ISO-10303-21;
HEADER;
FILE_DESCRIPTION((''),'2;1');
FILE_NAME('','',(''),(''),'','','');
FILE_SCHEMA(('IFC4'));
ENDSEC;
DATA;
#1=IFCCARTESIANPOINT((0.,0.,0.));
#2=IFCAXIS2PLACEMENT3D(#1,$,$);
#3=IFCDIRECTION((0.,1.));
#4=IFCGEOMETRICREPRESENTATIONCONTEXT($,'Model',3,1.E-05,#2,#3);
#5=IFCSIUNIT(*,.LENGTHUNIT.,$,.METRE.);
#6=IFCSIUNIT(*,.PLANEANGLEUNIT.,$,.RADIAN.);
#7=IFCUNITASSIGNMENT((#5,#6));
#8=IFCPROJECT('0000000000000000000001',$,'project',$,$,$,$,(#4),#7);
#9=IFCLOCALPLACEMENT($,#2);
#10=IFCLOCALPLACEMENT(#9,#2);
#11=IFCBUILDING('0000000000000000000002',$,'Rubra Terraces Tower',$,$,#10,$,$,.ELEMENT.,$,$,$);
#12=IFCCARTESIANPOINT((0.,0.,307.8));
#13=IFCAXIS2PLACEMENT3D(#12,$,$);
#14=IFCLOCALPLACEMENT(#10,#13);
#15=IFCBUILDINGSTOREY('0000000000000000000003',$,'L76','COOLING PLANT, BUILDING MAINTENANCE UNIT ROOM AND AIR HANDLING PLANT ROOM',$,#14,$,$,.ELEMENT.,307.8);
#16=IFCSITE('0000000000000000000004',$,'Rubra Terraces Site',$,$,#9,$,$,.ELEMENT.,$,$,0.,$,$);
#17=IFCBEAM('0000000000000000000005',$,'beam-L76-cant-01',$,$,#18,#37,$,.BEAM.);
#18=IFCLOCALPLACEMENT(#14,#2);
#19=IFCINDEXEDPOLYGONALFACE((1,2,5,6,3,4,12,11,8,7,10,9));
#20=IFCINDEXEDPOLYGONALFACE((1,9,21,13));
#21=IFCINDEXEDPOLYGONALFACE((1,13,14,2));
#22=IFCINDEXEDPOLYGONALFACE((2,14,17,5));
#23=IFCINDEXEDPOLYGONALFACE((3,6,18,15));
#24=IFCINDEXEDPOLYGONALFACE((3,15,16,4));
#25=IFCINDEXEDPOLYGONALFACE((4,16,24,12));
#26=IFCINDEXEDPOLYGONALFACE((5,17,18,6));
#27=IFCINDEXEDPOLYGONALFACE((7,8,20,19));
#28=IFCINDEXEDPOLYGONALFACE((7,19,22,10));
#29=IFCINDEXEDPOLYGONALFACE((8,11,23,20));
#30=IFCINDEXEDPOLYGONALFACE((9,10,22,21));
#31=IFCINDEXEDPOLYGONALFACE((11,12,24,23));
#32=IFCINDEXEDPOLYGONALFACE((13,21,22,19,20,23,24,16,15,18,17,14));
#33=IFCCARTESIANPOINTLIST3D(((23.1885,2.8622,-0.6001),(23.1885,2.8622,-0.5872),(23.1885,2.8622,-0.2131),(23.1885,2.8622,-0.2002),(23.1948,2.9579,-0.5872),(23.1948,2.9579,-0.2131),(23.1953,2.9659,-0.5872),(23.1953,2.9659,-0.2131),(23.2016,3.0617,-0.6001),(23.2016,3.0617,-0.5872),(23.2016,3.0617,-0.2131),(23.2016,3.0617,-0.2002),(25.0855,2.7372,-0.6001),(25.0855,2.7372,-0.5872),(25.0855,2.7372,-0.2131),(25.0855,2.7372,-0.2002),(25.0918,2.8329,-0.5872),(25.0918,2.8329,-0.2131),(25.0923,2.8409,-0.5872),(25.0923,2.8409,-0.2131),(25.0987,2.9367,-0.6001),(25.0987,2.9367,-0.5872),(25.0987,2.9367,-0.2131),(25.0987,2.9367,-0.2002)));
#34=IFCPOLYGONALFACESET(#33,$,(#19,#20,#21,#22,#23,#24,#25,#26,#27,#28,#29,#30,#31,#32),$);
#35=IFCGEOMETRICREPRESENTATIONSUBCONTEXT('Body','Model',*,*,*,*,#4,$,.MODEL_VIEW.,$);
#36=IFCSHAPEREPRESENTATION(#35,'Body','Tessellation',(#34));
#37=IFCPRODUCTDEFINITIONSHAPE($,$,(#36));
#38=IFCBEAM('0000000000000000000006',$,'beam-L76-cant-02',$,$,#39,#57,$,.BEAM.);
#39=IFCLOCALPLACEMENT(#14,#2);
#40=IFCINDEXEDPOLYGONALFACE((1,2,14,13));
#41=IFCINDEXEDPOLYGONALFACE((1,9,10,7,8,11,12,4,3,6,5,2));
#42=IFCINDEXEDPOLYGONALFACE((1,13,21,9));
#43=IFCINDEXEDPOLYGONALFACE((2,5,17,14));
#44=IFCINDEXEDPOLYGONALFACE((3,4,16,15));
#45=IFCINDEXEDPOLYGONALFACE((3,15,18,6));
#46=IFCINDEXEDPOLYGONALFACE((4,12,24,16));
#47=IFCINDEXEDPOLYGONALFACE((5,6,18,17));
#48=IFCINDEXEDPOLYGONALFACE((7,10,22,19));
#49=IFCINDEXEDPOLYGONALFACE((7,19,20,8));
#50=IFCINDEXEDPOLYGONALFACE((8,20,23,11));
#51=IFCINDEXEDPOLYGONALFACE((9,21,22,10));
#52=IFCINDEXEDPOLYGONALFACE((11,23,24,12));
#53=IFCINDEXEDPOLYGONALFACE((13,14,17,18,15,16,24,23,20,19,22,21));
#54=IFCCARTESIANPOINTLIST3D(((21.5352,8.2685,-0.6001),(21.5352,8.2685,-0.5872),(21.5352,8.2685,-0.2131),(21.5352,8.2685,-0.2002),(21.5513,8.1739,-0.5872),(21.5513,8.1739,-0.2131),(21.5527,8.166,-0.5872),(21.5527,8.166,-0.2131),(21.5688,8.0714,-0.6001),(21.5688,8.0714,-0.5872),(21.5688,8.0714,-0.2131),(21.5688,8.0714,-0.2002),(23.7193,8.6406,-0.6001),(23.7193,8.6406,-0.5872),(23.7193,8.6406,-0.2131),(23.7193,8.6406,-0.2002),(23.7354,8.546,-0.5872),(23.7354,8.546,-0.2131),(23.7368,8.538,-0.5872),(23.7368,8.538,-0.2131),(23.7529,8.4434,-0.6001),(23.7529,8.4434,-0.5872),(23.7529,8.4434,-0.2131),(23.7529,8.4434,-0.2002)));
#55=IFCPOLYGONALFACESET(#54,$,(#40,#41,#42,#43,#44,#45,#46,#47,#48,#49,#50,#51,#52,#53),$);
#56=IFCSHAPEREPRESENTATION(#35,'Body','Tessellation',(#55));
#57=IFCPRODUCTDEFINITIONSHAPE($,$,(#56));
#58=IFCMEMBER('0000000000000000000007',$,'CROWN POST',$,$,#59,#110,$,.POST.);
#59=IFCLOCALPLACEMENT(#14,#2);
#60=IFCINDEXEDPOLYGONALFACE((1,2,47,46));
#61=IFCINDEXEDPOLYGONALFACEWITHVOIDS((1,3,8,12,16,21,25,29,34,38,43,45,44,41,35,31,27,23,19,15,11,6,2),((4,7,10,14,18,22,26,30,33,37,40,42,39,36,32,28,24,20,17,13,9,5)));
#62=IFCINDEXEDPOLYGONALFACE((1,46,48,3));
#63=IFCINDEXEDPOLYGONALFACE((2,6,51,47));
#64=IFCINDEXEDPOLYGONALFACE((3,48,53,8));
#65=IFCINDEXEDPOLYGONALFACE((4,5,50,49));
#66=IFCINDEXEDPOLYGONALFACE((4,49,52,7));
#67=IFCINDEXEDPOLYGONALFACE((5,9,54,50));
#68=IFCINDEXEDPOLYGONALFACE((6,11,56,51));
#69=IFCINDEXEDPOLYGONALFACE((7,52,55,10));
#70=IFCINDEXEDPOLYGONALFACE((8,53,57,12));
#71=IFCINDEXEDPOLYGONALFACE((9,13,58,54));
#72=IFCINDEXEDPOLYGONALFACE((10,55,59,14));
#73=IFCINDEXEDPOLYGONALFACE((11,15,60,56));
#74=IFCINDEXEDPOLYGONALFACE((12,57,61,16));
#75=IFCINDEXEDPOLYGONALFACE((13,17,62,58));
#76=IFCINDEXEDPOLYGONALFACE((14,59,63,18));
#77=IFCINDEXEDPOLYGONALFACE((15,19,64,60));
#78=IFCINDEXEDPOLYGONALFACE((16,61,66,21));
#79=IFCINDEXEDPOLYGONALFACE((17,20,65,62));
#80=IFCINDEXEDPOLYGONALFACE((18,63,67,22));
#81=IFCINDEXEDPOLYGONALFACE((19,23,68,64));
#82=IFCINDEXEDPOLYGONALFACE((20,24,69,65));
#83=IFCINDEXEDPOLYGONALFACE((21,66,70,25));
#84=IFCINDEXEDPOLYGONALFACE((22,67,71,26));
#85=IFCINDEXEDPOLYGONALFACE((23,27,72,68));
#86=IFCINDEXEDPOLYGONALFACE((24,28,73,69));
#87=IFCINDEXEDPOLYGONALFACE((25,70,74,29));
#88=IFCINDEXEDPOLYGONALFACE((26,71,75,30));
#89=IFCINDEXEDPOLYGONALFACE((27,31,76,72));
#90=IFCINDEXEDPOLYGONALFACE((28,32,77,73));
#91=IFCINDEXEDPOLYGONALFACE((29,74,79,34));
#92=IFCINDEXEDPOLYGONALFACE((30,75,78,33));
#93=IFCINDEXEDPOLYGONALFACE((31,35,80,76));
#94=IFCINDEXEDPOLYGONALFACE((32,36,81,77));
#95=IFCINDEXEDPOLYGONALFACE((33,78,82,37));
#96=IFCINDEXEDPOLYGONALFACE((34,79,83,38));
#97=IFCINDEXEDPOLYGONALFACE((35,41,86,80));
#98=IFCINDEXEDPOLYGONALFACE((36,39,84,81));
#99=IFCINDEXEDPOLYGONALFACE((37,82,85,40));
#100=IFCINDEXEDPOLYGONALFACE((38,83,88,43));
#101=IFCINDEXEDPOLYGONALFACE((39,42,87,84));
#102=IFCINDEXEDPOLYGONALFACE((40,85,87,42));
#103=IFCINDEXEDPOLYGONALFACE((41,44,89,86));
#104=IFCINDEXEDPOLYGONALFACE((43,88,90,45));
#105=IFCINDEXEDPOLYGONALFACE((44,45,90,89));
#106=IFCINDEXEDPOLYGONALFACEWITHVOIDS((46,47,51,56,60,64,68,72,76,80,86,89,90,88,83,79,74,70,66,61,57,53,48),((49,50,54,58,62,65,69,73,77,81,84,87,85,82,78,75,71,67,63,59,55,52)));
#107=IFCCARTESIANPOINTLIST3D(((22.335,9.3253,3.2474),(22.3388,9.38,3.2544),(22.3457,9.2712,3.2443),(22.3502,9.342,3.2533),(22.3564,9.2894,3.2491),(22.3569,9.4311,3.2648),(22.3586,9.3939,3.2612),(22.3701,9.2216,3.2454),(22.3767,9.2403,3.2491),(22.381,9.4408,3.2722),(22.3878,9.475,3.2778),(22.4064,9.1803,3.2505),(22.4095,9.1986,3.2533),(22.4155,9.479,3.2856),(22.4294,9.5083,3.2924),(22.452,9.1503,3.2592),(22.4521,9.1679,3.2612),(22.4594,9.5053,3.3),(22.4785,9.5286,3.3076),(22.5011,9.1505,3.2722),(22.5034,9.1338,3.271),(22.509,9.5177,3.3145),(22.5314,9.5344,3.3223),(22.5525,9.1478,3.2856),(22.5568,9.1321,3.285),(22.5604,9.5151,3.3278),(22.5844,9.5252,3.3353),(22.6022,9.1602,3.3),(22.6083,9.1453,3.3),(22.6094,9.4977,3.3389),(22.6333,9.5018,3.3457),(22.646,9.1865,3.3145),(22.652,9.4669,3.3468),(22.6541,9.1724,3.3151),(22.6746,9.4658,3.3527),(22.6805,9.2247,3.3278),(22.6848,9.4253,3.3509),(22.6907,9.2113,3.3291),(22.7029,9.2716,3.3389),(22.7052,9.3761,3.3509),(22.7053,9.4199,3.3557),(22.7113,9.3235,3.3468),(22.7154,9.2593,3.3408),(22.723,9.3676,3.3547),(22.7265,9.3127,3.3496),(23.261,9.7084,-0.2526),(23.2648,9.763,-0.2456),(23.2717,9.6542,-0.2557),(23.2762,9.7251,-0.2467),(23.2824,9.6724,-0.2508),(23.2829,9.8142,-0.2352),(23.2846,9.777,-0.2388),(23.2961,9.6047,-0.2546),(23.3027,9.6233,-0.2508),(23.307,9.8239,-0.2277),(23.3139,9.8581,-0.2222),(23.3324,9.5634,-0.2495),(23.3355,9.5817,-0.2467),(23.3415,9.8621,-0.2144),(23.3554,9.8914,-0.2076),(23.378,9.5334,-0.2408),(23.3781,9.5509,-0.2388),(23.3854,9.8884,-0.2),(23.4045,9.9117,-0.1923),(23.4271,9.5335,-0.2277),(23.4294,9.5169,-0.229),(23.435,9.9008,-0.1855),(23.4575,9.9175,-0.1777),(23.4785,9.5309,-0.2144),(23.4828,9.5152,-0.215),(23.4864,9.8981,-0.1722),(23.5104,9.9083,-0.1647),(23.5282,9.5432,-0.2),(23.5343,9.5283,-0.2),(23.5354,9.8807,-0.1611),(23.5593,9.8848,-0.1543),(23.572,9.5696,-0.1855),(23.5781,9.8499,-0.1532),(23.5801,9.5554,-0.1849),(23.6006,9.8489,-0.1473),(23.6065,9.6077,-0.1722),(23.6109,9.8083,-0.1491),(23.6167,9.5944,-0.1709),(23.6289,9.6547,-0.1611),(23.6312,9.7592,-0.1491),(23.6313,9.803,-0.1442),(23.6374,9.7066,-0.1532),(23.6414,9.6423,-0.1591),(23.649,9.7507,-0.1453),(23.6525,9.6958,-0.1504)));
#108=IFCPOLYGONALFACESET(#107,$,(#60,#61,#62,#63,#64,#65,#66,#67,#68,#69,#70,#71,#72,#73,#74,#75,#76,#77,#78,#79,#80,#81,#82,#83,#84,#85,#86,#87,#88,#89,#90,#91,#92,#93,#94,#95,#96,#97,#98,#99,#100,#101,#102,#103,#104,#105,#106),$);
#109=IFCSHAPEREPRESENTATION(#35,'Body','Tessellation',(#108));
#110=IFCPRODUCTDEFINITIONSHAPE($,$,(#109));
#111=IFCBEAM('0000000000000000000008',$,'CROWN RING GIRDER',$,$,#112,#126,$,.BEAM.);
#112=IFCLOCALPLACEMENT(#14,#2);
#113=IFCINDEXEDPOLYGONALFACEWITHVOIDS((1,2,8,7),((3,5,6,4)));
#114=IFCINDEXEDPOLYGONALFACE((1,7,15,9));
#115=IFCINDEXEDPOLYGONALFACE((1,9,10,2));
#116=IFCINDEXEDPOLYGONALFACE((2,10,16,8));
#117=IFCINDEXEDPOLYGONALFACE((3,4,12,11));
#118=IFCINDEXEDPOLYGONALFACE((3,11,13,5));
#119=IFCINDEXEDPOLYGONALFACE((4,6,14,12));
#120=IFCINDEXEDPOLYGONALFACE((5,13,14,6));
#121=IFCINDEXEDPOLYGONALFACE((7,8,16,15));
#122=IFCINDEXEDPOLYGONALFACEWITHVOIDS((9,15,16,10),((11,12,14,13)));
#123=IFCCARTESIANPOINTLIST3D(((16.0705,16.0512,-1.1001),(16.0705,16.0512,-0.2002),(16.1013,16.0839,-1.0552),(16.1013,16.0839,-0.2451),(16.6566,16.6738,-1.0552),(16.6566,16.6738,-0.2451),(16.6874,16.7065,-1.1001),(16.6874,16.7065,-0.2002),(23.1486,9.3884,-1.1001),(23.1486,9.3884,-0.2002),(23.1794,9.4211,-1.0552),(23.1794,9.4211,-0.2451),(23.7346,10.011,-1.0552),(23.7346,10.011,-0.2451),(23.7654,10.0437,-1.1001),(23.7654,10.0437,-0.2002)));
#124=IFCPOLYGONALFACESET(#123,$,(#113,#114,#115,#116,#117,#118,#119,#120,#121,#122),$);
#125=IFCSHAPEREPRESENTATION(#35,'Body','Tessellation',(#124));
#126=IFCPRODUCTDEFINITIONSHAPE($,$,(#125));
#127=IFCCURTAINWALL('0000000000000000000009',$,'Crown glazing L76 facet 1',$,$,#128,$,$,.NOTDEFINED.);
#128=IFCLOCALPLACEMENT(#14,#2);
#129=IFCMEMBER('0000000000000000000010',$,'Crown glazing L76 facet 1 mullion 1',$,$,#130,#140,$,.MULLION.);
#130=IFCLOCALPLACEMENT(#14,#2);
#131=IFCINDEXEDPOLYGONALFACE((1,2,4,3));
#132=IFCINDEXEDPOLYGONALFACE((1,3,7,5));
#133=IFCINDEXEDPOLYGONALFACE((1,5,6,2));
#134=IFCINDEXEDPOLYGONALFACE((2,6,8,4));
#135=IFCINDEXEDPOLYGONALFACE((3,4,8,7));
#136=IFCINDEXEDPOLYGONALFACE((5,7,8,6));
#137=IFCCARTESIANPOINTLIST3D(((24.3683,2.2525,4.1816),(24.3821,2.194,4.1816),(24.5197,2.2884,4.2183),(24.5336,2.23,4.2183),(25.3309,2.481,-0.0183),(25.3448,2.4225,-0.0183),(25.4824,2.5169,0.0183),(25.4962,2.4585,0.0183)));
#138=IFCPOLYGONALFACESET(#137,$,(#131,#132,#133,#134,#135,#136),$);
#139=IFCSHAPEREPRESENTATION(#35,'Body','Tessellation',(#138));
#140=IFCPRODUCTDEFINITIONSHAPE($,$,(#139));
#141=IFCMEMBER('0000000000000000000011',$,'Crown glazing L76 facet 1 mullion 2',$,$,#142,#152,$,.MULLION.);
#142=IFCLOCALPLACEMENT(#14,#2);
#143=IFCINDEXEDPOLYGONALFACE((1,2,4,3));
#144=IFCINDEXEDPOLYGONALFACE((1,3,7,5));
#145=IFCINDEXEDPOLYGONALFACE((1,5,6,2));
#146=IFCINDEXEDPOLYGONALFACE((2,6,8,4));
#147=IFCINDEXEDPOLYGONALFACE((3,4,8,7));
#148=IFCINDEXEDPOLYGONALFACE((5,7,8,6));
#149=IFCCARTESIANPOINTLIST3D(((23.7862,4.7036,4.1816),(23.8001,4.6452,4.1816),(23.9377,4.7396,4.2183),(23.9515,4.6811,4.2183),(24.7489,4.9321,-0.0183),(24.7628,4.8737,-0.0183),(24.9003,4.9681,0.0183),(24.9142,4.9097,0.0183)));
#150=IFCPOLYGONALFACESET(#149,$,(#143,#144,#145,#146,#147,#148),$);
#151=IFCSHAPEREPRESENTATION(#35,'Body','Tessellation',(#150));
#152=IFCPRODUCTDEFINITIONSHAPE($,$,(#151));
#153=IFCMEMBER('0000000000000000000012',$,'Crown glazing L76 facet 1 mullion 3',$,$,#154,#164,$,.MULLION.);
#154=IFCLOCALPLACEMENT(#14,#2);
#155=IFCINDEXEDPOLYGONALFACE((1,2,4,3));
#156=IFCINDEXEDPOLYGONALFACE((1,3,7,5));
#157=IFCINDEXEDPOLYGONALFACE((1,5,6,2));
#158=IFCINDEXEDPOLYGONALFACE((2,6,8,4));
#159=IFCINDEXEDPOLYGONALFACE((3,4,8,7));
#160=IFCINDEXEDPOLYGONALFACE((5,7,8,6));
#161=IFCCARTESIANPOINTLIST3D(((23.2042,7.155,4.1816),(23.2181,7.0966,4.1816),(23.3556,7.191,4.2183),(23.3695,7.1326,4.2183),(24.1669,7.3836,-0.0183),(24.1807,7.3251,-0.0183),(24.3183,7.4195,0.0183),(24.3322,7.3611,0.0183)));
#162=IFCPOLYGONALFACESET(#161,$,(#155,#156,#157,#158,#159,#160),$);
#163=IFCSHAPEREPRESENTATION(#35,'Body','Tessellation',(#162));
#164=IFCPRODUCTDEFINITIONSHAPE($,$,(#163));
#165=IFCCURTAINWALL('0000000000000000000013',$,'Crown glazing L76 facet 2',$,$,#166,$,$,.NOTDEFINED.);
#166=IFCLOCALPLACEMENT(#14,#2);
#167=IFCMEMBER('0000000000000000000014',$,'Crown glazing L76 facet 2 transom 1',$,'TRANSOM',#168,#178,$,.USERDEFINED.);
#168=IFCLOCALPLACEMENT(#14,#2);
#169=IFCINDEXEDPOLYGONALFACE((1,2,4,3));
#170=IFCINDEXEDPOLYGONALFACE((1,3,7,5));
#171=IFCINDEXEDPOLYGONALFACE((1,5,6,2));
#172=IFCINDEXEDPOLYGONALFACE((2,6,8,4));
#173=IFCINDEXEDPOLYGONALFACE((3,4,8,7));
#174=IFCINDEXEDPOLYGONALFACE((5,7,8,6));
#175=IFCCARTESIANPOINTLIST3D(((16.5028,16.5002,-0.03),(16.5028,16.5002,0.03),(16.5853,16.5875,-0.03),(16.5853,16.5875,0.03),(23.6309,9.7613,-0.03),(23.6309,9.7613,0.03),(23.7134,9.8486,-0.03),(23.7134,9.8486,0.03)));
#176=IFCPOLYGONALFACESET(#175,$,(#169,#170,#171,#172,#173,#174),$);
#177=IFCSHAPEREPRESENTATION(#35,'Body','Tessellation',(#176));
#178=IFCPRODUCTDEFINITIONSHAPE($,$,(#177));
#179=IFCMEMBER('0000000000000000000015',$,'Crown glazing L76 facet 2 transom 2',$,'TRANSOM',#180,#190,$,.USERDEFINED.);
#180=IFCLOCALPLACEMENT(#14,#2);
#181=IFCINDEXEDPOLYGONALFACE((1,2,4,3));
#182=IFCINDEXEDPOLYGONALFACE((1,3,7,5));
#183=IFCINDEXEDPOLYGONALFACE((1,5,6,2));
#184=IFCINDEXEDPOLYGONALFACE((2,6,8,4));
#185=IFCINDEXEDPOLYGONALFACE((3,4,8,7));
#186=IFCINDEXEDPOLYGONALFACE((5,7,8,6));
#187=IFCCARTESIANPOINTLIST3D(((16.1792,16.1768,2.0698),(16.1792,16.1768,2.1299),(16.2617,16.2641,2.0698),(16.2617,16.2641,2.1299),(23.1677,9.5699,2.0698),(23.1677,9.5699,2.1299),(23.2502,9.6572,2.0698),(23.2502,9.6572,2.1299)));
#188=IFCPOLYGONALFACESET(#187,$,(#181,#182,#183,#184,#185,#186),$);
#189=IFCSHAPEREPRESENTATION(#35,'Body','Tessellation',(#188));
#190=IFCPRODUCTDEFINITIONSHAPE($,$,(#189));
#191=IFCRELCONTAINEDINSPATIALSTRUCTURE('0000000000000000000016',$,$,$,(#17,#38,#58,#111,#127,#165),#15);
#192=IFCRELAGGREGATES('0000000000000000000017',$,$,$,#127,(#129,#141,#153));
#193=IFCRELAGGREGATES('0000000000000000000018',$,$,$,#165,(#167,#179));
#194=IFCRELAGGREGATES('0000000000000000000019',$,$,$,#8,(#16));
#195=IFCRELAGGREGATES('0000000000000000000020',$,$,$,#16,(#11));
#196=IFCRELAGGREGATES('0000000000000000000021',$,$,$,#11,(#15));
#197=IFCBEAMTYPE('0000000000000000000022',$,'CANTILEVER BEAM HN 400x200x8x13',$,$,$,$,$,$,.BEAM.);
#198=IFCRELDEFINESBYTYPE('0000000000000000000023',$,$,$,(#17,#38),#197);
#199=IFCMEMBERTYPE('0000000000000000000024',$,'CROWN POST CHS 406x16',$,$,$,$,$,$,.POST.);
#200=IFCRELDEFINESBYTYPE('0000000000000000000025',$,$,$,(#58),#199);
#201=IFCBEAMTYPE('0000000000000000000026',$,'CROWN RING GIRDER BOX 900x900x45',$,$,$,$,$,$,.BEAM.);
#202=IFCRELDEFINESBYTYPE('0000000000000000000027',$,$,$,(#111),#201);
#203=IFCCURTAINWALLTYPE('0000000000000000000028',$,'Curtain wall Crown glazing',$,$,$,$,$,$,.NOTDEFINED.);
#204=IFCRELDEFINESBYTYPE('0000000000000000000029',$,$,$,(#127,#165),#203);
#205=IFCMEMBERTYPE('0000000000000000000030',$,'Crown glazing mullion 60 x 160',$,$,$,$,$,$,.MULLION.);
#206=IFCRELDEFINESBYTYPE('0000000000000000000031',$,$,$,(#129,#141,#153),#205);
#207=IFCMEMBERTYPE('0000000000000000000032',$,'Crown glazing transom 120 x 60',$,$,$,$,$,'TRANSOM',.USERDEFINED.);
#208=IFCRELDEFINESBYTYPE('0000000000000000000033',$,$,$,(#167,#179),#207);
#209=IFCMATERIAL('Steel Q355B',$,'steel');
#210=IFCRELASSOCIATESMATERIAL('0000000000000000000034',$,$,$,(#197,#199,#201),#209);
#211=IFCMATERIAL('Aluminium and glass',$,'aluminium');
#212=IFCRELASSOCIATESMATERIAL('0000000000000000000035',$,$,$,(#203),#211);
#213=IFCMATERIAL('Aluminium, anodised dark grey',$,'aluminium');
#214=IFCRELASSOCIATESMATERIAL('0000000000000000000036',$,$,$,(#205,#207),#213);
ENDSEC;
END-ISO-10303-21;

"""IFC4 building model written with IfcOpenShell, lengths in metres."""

from ifc_helpers import new_model, si_unit, direction, frame, origin, origin_2d, place, context, subcontext, project, spatial, rectangle, hollow_rectangle, hollow_circle, i_section, extrude, material, material_profile, profile_set, type_object, element, aggregate, save


model = new_model("IFC4")

# Units and contexts
model_context = context("Model", 3, precision=1e-05, world=origin(), true_north=direction((0.0, 1.0)))
body_context = subcontext(model_context, "Body", "Model", "MODEL_VIEW")
ifc_project = project(units=[si_unit("LENGTHUNIT", "METRE"), si_unit("PLANEANGLEUNIT", "RADIAN")], contexts=[model_context])

# Site, building, storey
site_placement = place(None, origin())
site = spatial("IfcSite", under=ifc_project, at=site_placement, Name="Rubra Terraces Site", CompositionType="ELEMENT", RefElevation=0.0)
building_placement = place(site_placement, origin())
building = spatial("IfcBuilding", under=site, at=building_placement, Name="Rubra Terraces Tower", CompositionType="ELEMENT")
storey_placement = place(building_placement, frame((0.0, 0.0, 307.8)))
storey = spatial("IfcBuildingStorey", under=building, at=storey_placement, Name="L76", Description="COOLING PLANT, BUILDING MAINTENANCE UNIT ROOM AND AIR HANDLING PLANT ROOM", CompositionType="ELEMENT", Elevation=307.8)

# Beams
ifc_material_1 = material(Name="Steel Q355B", Category="steel")
ifc_material_profile_1 = material_profile(ifc_material_1, i_section(OverallWidth=0.2, OverallDepth=0.3999, WebThickness=0.0081, FlangeThickness=0.0129, at=origin_2d()), Name="HN 400x200x8x13")
ifc_profile_set_1 = profile_set([ifc_material_profile_1], Name="Steel Q355B")
beam_type_1 = type_object("IfcBeamType", Name="CANTILEVER BEAM HN 400x200x8x13", PredefinedType="BEAM", material=ifc_profile_set_1)
beam_1_placement = place(storey_placement, frame((23.1951, 2.9619, -0.4001), z_axis=(0.997836, -0.065752, 0.0), x_axis=(0.065752, 0.997836, 0.0)))
element("IfcBeam", 1, at=beam_1_placement, inside=storey, type_object=beam_type_1, Name="beam-L76-cant-01", PredefinedType="BEAM", context=body_context, shape_type="SweptSolid", body=[
    extrude(i_section(OverallWidth=0.2, OverallDepth=0.3999, WebThickness=0.0081, FlangeThickness=0.0129, at=origin_2d()), origin(), (0.0, 0.0, 1.0), 1.9011),
])
beam_2_placement = place(storey_placement, frame((21.552, 8.1699, -0.4001), z_axis=(0.985798, 0.167936, 0.0), x_axis=(-0.167936, 0.985798, 0.0)))
element("IfcBeam", 2, at=beam_2_placement, inside=storey, type_object=beam_type_1, Name="beam-L76-cant-02", PredefinedType="BEAM", context=body_context, shape_type="SweptSolid", body=[
    extrude(i_section(OverallWidth=0.2, OverallDepth=0.3999, WebThickness=0.0081, FlangeThickness=0.0129, at=origin_2d()), origin(), (0.0, 0.0, 1.0), 2.2156),
])

# Member
ifc_material_profile_2 = material_profile(ifc_material_1, hollow_circle(Radius=0.2029, WallThickness=0.0161, at=origin_2d()), Name="CHS 406x16")
ifc_profile_set_2 = profile_set([ifc_material_profile_2], Name="Steel Q355B")
member_type_1 = type_object("IfcMemberType", Name="CROWN POST CHS 406x16", PredefinedType="POST", material=ifc_profile_set_2)
member_1_placement = place(storey_placement, frame((23.4568, 9.7158, -0.2), z_axis=(-0.254358, -0.105217, 0.96137), x_axis=(0.382244, -0.924061, 0.0)))
element("IfcMember", 3, at=member_1_placement, inside=storey, type_object=member_type_1, Name="CROWN POST", PredefinedType="POST", context=body_context, shape_type="SweptSolid", body=[
    extrude(hollow_circle(Radius=0.2029, WallThickness=0.0161, at=origin_2d()), origin(), (0.0, 0.0, 1.0), 3.6406),
])

# Beam
ifc_material_profile_3 = material_profile(ifc_material_1, hollow_rectangle(XDim=0.8999, YDim=0.8999, WallThickness=0.0449, at=origin_2d()), Name="BOX 900x900x45")
ifc_profile_set_3 = profile_set([ifc_material_profile_3], Name="Steel Q355B")
beam_type_2 = type_object("IfcBeamType", Name="CROWN RING GIRDER BOX 900x900x45", PredefinedType="BEAM", material=ifc_profile_set_3)
beam_3_placement = place(storey_placement, frame((23.457, 9.7161, -0.6501), z_axis=(-0.728145, 0.685423, 0.0), x_axis=(-0.685423, -0.728145, 0.0)))
element("IfcBeam", 4, at=beam_3_placement, inside=storey, type_object=beam_type_2, Name="CROWN RING GIRDER", PredefinedType="BEAM", context=body_context, shape_type="SweptSolid", body=[
    extrude(hollow_rectangle(XDim=0.8999, YDim=0.8999, WallThickness=0.0449, at=origin_2d()), origin(), (0.0, 0.0, 1.0), 9.7207),
])

# Curtain walls, members
ifc_material_2 = material(Name="Aluminium and glass", Category="aluminium")
curtain_wall_type = type_object("IfcCurtainWallType", Name="Curtain wall Crown glazing", PredefinedType="NOTDEFINED", material=ifc_material_2)
curtain_wall_1_placement = place(storey_placement, origin())
curtain_wall_1 = element("IfcCurtainWall", 5, at=curtain_wall_1_placement, inside=storey, type_object=curtain_wall_type, Name="Crown glazing L76 facet 1", PredefinedType="NOTDEFINED")
ifc_material_3 = material(Name="Aluminium, anodised dark grey", Category="aluminium")
ifc_material_profile_4 = material_profile(ifc_material_3, rectangle(XDim=0.0601, YDim=0.1599, at=origin_2d()), Name="AL 60x160")
ifc_profile_set_4 = profile_set([ifc_material_profile_4], Name="Aluminium, anodised dark grey")
member_type_2 = type_object("IfcMemberType", Name="Crown glazing mullion 60 x 160", PredefinedType="MULLION", material=ifc_profile_set_4)
member_2_placement = place(storey_placement, frame((25.4136, 2.4697, 0.0), z_axis=(-0.223097, -0.052959, 0.973356), x_axis=(0.230964, -0.972962, 0.0)))
member_2 = element("IfcMember", 6, at=member_2_placement, type_object=member_type_2, Name="Crown glazing L76 facet 1 mullion 1", PredefinedType="MULLION", context=body_context, shape_type="SweptSolid", body=[
    extrude(rectangle(XDim=0.0601, YDim=0.1599, at=origin_2d()), origin(), (0.0, 0.0, 1.0), 4.3149),
])
member_3_placement = place(storey_placement, frame((24.8315, 4.9209, 0.0), z_axis=(-0.223097, -0.052959, 0.973356), x_axis=(0.230964, -0.972962, 0.0)))
member_3 = element("IfcMember", 7, at=member_3_placement, type_object=member_type_2, Name="Crown glazing L76 facet 1 mullion 2", PredefinedType="MULLION", context=body_context, shape_type="SweptSolid", body=[
    extrude(rectangle(XDim=0.0601, YDim=0.1599, at=origin_2d()), origin(), (0.0, 0.0, 1.0), 4.3149),
])
member_4_placement = place(storey_placement, frame((24.2495, 7.3723, 0.0), z_axis=(-0.223097, -0.052959, 0.973356), x_axis=(0.230964, -0.972962, 0.0)))
member_4 = element("IfcMember", 8, at=member_4_placement, type_object=member_type_2, Name="Crown glazing L76 facet 1 mullion 3", PredefinedType="MULLION", context=body_context, shape_type="SweptSolid", body=[
    extrude(rectangle(XDim=0.0601, YDim=0.1599, at=origin_2d()), origin(), (0.0, 0.0, 1.0), 4.3149),
])
curtain_wall_2_placement = place(storey_placement, origin())
curtain_wall_2 = element("IfcCurtainWall", 9, at=curtain_wall_2_placement, inside=storey, type_object=curtain_wall_type, Name="Crown glazing L76 facet 2", PredefinedType="NOTDEFINED")
ifc_material_profile_5 = material_profile(ifc_material_3, rectangle(XDim=0.1201, YDim=0.0601, at=origin_2d()), Name="AL 120x60")
ifc_profile_set_5 = profile_set([ifc_material_profile_5], Name="Aluminium, anodised dark grey")
member_type_3 = type_object("IfcMemberType", Name="Crown glazing transom 120 x 60", ElementType="TRANSOM", PredefinedType="USERDEFINED", material=ifc_profile_set_5)
member_5_placement = place(storey_placement, frame((23.6721, 9.8049, 0.0), z_axis=(-0.726665, 0.686993, 0.0), x_axis=(-0.686993, -0.726665, 0.0)))
member_5 = element("IfcMember", 10, at=member_5_placement, type_object=member_type_3, Name="Crown glazing L76 facet 2 transom 1", ObjectType="TRANSOM", PredefinedType="USERDEFINED", context=body_context, shape_type="SweptSolid", body=[
    extrude(rectangle(XDim=0.1201, YDim=0.0601, at=origin_2d()), origin(), (0.0, 0.0, 1.0), 9.8093),
])
member_6_placement = place(storey_placement, frame((23.209, 9.6135, 2.0999), z_axis=(-0.726667, 0.686989, 0.0), x_axis=(-0.686989, -0.726667, 0.0)))
member_6 = element("IfcMember", 11, at=member_6_placement, type_object=member_type_3, Name="Crown glazing L76 facet 2 transom 2", ObjectType="TRANSOM", PredefinedType="USERDEFINED", context=body_context, shape_type="SweptSolid", body=[
    extrude(rectangle(XDim=0.1201, YDim=0.0601, at=origin_2d()), origin(), (0.0, 0.0, 1.0), 9.6172),
])

aggregate(curtain_wall_1, [member_2, member_3, member_4])
aggregate(curtain_wall_2, [member_5, member_6])

save(model, "model.ifc")
